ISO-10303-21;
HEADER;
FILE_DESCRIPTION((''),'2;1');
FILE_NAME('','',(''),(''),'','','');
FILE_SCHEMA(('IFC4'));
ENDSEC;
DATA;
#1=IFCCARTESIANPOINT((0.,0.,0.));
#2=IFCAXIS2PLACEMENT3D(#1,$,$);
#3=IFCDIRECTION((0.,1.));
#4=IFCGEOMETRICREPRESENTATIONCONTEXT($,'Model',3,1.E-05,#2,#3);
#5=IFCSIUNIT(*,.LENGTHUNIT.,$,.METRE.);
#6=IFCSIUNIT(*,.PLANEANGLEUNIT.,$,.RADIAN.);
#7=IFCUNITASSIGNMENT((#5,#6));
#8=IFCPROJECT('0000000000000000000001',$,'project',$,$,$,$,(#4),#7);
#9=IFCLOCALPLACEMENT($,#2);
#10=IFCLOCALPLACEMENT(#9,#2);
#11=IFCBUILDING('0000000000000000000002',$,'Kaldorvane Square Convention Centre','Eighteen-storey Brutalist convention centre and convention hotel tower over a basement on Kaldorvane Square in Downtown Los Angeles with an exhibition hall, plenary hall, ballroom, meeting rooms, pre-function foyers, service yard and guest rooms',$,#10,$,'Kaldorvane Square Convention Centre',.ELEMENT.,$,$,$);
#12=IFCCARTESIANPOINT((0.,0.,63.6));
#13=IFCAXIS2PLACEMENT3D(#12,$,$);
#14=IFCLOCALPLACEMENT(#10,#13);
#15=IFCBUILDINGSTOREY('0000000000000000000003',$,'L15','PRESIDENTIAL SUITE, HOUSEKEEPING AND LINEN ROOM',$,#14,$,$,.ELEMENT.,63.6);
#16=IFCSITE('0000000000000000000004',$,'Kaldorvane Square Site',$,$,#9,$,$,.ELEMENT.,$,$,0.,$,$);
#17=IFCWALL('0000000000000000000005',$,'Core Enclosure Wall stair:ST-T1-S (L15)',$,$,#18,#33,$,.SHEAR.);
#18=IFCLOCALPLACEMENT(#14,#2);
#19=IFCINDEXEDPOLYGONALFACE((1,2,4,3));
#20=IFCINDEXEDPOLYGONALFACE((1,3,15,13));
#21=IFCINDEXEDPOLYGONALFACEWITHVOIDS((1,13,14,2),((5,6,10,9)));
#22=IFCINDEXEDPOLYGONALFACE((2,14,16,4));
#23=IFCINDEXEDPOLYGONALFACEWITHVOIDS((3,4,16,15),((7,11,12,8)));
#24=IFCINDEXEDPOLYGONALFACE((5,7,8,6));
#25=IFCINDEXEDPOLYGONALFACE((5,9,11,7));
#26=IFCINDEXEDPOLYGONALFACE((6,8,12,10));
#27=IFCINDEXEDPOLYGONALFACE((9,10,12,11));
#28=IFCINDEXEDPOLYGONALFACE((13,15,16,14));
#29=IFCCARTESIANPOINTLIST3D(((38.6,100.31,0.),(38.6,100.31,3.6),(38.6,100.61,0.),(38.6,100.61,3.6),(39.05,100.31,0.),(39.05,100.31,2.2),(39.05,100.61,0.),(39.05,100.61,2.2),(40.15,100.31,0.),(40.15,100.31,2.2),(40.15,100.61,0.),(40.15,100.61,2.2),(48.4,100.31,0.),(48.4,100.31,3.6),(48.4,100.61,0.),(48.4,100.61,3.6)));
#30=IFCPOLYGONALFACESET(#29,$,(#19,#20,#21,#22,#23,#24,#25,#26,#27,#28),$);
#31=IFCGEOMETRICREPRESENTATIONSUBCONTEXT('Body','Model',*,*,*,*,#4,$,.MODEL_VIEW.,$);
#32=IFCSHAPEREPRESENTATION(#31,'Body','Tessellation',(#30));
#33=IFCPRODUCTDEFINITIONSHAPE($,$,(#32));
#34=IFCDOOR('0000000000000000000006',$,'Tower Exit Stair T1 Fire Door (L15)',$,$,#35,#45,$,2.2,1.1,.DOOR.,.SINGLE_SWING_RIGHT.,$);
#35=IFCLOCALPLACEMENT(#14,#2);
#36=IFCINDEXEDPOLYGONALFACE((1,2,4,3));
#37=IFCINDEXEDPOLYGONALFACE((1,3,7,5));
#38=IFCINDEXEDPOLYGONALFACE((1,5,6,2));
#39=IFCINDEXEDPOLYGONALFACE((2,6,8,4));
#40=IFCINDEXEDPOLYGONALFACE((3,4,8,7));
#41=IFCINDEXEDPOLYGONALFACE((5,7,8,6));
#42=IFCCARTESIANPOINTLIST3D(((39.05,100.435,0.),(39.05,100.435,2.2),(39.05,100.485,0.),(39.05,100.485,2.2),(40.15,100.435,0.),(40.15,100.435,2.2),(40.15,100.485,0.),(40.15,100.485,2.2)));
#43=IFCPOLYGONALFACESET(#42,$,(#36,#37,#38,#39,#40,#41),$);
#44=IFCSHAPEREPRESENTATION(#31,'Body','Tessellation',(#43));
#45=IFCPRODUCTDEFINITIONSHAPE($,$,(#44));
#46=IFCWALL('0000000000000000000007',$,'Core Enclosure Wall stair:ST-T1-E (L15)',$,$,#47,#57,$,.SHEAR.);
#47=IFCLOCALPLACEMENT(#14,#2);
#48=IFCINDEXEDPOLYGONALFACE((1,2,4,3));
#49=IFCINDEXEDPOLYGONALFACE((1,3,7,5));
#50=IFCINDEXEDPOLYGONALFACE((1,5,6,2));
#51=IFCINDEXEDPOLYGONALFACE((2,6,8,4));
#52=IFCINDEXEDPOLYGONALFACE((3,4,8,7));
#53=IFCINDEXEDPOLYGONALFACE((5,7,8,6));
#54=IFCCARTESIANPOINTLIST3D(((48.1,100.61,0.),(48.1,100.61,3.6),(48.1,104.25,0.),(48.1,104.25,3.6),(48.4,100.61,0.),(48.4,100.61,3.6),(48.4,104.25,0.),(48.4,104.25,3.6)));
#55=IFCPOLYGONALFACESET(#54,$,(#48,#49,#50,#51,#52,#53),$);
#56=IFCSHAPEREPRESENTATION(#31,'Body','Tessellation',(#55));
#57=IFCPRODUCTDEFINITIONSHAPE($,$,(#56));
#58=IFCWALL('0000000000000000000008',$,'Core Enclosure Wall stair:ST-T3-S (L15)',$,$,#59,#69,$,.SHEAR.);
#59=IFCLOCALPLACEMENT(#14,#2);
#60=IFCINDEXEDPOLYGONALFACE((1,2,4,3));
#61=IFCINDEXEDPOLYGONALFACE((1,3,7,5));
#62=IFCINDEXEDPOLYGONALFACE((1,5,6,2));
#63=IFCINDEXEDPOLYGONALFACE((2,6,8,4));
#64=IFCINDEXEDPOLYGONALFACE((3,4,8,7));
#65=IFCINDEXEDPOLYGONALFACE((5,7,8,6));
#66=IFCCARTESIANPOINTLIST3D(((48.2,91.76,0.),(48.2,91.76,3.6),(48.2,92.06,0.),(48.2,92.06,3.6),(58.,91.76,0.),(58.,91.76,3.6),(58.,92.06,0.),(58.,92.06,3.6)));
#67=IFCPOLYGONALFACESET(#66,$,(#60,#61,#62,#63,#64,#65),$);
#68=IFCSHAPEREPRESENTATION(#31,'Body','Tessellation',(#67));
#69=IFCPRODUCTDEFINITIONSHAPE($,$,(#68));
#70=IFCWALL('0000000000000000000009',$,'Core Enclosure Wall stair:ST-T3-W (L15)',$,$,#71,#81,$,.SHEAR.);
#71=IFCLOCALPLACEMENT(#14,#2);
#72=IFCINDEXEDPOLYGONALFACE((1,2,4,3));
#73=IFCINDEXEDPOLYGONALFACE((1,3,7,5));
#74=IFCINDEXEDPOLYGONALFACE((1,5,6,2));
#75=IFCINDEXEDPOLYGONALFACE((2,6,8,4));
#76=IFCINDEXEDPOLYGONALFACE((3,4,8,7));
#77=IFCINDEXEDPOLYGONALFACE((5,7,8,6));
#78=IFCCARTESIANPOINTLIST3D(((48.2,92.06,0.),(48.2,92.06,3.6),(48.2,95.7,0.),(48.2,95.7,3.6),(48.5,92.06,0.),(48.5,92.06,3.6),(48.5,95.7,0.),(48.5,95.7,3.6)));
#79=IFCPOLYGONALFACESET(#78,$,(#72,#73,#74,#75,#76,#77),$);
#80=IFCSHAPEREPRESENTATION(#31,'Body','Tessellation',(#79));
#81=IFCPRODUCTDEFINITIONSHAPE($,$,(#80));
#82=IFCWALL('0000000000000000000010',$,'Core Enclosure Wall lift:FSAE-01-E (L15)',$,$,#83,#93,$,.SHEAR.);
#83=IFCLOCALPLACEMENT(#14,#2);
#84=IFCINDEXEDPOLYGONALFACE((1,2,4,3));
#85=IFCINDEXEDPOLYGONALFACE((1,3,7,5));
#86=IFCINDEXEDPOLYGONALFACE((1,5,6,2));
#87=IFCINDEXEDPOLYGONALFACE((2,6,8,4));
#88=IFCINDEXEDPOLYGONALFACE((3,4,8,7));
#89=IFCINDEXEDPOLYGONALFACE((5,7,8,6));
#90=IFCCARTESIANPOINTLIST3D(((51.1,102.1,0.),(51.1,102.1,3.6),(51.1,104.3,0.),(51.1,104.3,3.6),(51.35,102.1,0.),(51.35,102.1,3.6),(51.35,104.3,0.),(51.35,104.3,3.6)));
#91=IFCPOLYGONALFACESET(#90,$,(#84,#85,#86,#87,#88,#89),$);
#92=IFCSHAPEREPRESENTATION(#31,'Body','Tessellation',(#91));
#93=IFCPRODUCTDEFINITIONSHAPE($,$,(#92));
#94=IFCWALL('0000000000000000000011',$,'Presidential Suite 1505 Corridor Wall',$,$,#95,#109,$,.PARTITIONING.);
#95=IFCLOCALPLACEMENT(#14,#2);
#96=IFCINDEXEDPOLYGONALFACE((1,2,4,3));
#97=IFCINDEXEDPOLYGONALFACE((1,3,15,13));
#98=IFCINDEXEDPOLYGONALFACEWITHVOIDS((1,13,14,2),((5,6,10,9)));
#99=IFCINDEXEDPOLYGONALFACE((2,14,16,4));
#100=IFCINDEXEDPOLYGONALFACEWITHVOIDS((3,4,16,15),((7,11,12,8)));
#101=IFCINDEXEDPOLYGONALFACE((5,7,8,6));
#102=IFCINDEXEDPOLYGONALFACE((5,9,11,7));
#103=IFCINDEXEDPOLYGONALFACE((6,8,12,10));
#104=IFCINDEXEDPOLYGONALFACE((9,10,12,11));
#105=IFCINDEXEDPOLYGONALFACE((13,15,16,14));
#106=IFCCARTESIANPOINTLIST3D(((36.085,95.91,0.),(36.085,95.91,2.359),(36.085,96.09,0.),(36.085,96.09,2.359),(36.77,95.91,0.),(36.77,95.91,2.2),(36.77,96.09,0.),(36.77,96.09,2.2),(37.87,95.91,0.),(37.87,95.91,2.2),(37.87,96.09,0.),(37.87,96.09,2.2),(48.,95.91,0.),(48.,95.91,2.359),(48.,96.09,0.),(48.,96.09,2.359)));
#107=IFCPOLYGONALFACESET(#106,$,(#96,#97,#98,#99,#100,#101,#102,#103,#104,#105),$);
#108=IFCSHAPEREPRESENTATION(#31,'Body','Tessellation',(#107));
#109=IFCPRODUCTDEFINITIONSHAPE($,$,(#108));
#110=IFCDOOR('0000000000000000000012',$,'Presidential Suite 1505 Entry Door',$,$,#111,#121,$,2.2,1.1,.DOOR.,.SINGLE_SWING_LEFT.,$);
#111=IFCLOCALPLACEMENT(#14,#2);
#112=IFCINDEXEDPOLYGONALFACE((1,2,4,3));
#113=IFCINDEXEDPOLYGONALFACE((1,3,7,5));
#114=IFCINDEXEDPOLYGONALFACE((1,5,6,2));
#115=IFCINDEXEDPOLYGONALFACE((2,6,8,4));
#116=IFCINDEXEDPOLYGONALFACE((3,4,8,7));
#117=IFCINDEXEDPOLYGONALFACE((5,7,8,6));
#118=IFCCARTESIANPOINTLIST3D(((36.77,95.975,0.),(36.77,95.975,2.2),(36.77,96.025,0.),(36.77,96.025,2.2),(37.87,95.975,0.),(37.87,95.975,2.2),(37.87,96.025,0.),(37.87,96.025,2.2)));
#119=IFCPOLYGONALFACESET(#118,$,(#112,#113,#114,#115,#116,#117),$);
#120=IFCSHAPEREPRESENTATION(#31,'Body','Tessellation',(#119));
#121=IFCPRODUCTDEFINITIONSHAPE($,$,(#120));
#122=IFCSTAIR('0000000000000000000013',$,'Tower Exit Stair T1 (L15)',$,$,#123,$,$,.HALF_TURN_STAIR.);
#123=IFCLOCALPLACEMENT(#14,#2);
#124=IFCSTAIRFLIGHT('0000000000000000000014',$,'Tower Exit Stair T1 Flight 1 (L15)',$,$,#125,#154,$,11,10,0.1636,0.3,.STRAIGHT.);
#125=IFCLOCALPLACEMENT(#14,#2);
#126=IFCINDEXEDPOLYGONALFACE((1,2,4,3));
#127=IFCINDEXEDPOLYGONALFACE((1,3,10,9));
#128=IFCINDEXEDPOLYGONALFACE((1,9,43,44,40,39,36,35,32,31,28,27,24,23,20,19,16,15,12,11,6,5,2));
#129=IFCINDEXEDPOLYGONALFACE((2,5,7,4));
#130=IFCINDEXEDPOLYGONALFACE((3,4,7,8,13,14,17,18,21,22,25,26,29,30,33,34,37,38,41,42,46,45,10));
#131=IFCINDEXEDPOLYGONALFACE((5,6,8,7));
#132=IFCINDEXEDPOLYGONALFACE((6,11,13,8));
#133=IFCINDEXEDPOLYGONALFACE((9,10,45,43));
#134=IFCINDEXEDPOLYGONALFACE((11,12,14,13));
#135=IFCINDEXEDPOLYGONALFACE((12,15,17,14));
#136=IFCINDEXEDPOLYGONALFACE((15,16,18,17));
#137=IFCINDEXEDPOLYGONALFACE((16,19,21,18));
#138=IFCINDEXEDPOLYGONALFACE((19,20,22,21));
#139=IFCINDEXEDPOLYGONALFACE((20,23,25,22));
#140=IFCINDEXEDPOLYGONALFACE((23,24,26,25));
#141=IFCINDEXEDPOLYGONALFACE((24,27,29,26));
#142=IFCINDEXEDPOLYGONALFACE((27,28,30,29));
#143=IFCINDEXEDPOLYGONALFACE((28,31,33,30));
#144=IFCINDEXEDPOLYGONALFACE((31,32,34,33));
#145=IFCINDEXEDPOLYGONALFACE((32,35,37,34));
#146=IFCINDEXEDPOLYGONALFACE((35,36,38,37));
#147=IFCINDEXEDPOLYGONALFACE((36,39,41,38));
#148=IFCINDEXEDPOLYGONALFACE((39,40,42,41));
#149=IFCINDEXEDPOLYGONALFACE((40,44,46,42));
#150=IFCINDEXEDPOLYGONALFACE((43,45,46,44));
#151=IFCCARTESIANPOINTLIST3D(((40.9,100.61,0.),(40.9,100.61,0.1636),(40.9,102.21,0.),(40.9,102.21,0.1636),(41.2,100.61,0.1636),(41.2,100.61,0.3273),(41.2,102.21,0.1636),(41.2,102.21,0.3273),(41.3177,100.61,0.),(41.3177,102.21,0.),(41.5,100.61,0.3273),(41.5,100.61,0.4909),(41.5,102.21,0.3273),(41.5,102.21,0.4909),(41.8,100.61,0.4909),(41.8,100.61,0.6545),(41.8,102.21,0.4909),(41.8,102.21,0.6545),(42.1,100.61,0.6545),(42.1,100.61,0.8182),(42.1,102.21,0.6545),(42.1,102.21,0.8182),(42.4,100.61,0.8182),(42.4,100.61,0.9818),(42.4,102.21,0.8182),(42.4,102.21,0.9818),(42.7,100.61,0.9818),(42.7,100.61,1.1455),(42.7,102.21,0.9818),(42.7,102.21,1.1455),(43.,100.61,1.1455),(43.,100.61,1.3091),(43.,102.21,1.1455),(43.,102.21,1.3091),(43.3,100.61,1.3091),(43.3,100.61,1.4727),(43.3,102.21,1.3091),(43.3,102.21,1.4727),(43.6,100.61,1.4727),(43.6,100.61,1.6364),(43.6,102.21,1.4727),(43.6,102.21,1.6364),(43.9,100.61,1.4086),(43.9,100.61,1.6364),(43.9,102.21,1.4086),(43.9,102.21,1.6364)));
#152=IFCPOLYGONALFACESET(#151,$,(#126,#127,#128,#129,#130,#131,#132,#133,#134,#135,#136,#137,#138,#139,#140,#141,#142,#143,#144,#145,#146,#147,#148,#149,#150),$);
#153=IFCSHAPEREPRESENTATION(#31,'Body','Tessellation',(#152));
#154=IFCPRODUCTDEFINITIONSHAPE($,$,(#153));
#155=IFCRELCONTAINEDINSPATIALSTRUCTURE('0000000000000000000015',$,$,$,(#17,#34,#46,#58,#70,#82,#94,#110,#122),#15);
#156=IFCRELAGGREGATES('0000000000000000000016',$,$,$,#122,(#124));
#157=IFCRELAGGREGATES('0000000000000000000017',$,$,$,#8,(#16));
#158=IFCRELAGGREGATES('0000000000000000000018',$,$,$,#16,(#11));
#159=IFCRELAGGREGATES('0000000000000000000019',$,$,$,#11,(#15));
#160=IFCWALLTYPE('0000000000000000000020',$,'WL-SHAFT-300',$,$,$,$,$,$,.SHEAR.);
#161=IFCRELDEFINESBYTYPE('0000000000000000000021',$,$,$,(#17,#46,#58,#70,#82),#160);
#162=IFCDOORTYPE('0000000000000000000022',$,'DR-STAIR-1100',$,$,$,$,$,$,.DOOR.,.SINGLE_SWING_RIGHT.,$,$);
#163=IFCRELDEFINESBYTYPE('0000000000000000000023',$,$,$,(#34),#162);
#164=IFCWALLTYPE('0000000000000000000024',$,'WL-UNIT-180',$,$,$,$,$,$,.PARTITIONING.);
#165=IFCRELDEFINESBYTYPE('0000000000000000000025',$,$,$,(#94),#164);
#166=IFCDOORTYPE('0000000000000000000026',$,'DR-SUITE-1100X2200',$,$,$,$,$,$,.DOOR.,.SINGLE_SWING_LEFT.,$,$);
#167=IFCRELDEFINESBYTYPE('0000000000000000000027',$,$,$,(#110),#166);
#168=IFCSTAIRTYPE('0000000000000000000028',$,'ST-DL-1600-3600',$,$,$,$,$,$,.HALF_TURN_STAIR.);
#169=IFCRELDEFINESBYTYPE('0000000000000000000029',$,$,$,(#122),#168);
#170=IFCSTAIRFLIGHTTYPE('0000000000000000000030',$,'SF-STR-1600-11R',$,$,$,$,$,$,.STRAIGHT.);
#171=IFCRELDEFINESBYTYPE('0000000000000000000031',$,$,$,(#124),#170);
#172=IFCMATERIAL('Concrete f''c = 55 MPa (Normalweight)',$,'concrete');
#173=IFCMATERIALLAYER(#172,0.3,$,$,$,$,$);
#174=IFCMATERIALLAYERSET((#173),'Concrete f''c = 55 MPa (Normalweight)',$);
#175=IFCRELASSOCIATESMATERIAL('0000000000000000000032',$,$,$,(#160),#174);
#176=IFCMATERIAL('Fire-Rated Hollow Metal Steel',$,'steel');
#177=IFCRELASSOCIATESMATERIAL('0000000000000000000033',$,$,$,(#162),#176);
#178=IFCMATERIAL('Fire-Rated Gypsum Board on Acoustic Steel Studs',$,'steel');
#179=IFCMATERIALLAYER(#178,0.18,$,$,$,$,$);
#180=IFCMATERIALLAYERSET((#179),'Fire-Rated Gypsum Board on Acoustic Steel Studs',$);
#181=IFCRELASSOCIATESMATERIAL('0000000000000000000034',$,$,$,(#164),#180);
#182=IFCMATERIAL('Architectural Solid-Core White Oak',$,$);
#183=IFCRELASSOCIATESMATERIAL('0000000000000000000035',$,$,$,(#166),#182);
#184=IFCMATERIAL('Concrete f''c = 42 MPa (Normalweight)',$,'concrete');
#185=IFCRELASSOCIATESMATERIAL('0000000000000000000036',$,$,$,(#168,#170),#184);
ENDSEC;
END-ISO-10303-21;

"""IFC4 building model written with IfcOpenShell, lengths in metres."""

from ifc_helpers import new_model, si_unit, direction, frame, frame_2d, origin, place, context, subcontext, project, spatial, polyline, rectangle, outline, extrude, material, layer, layer_set, type_object, element, fill, aggregate, save


model = new_model("IFC4")

# Units and contexts
model_context = context("Model", 3, precision=1e-05, world=origin(), true_north=direction((0.0, 1.0)))
body_context = subcontext(model_context, "Body", "Model", "MODEL_VIEW")
ifc_project = project(units=[si_unit("LENGTHUNIT", "METRE"), si_unit("PLANEANGLEUNIT", "RADIAN")], contexts=[model_context])

# Site, building, storey
site_placement = place(None, origin())
site = spatial("IfcSite", under=ifc_project, at=site_placement, Name="Kaldorvane Square Site", CompositionType="ELEMENT", RefElevation=0.0)
building_placement = place(site_placement, origin())
building = spatial("IfcBuilding", under=site, at=building_placement, Name="Kaldorvane Square Convention Centre", Description="Eighteen-storey Brutalist convention centre and convention hotel tower over a basement on Kaldorvane Square in Downtown Los Angeles with an exhibition hall, plenary hall, ballroom, meeting rooms, pre-function foyers, service yard and guest rooms", LongName="Kaldorvane Square Convention Centre", CompositionType="ELEMENT")
storey_placement = place(building_placement, frame((0.0, 0.0, 63.6)))
storey = spatial("IfcBuildingStorey", under=building, at=storey_placement, Name="L15", Description="PRESIDENTIAL SUITE, HOUSEKEEPING AND LINEN ROOM", CompositionType="ELEMENT", Elevation=63.6)

# Shared definitions
ifc_material_1 = material(Name="Fire-Rated Gypsum Board on Acoustic Steel Studs", Category="steel")
ifc_material_2 = material(Name="Architectural Solid-Core White Oak")

# Wall, opening, door
ifc_material_3 = material(Name="Concrete f'c = 55 MPa (Normalweight)", Category="concrete")
ifc_layer_1 = layer(ifc_material_3, 0.3)
ifc_layer_set_1 = layer_set([ifc_layer_1], Name="Concrete f'c = 55 MPa (Normalweight)")
wall_type_1 = type_object("IfcWallType", Name="WL-SHAFT-300", PredefinedType="SHEAR", material=ifc_layer_set_1)
wall_1_placement = place(storey_placement, frame((38.6, 100.46, 0.0), z_axis=(0.0, 0.0, 1.0), x_axis=(1.0, 0.0, 0.0)))
wall_1 = element("IfcWall", 1, at=wall_1_placement, inside=storey, type_object=wall_type_1, Name="Core Enclosure Wall stair:ST-T1-S (L15)", PredefinedType="SHEAR", context=body_context, shape_type="SweptSolid", body=[
    extrude(rectangle(XDim=9.8, YDim=0.3, at=frame_2d((4.9, 0.0))), origin(), (0.0, 0.0, 1.0), 3.6),
])
opening_1_placement = place(wall_1_placement, frame((0.45, 0.0, 0.0)))
opening_1 = element("IfcOpeningElement", 2, at=opening_1_placement, cuts=wall_1, PredefinedType="OPENING", context=body_context, shape_type="SweptSolid", body=[
    extrude(rectangle(XDim=1.1, YDim=2.2, at=frame_2d((0.55, 1.1))), frame((0.0, 0.165, 0.0), z_axis=(0.0, -1.0, 0.0), x_axis=(1.0, 0.0, 0.0)), (0.0, 0.0, 1.0), 0.33),
])
ifc_material_4 = material(Name="Fire-Rated Hollow Metal Steel", Category="steel")
door_type_1 = type_object("IfcDoorType", Name="DR-STAIR-1100", OperationType="SINGLE_SWING_RIGHT", PredefinedType="DOOR", material=ifc_material_4)
door_1_placement = place(opening_1_placement, origin())
door_1 = element("IfcDoor", 3, at=door_1_placement, inside=storey, type_object=door_type_1, Name="Tower Exit Stair T1 Fire Door (L15)", OperationType="SINGLE_SWING_RIGHT", OverallHeight=2.2, OverallWidth=1.1, PredefinedType="DOOR", context=body_context, shape_type="SweptSolid", body=[
    extrude(rectangle(XDim=1.1, YDim=2.2, at=frame_2d((0.55, 1.1))), frame((0.0, 0.025, 0.0), z_axis=(0.0, -1.0, 0.0), x_axis=(1.0, 0.0, 0.0)), (0.0, 0.0, 1.0), 0.05),
])
fill(opening_1, door_1)

# Walls
wall_2_placement = place(storey_placement, frame((48.25, 100.61, 0.0), z_axis=(0.0, 0.0, 1.0), x_axis=(0.0, 1.0, 0.0)))
element("IfcWall", 4, at=wall_2_placement, inside=storey, type_object=wall_type_1, Name="Core Enclosure Wall stair:ST-T1-E (L15)", PredefinedType="SHEAR", context=body_context, shape_type="SweptSolid", body=[
    extrude(rectangle(XDim=3.64, YDim=0.3, at=frame_2d((1.82, 0.0))), origin(), (0.0, 0.0, 1.0), 3.6),
])
wall_3_placement = place(storey_placement, frame((48.2, 91.91, 0.0), z_axis=(0.0, 0.0, 1.0), x_axis=(1.0, 0.0, 0.0)))
element("IfcWall", 5, at=wall_3_placement, inside=storey, type_object=wall_type_1, Name="Core Enclosure Wall stair:ST-T3-S (L15)", PredefinedType="SHEAR", context=body_context, shape_type="SweptSolid", body=[
    extrude(rectangle(XDim=9.8, YDim=0.3, at=frame_2d((4.9, 0.0))), origin(), (0.0, 0.0, 1.0), 3.6),
])
wall_4_placement = place(storey_placement, frame((48.35, 95.7, 0.0), z_axis=(0.0, 0.0, 1.0), x_axis=(0.0, -1.0, 0.0)))
element("IfcWall", 6, at=wall_4_placement, inside=storey, type_object=wall_type_1, Name="Core Enclosure Wall stair:ST-T3-W (L15)", PredefinedType="SHEAR", context=body_context, shape_type="SweptSolid", body=[
    extrude(rectangle(XDim=3.64, YDim=0.3, at=frame_2d((1.82, 0.0))), origin(), (0.0, 0.0, 1.0), 3.6),
])

# Wall
wall_5_placement = place(storey_placement, frame((51.225, 102.1, 0.0), z_axis=(0.0, 0.0, 1.0), x_axis=(0.0, 1.0, 0.0)))
element("IfcWall", 7, at=wall_5_placement, inside=storey, type_object=wall_type_1, Name="Core Enclosure Wall lift:FSAE-01-E (L15)", PredefinedType="SHEAR", context=body_context, shape_type="SweptSolid", body=[
    extrude(rectangle(XDim=2.2, YDim=0.25, at=frame_2d((1.1, 0.0))), origin(), (0.0, 0.0, 1.0), 3.6),
])

# Wall, opening, door
ifc_layer_2 = layer(ifc_material_1, 0.18)
ifc_layer_set_2 = layer_set([ifc_layer_2], Name="Fire-Rated Gypsum Board on Acoustic Steel Studs")
wall_type_2 = type_object("IfcWallType", Name="WL-UNIT-180", PredefinedType="PARTITIONING", material=ifc_layer_set_2)
wall_6_placement = place(storey_placement, frame((36.085, 96.0, 0.0), z_axis=(0.0, 0.0, 1.0), x_axis=(1.0, 0.0, 0.0)))
wall_6 = element("IfcWall", 8, at=wall_6_placement, inside=storey, type_object=wall_type_2, Name="Presidential Suite 1505 Corridor Wall", PredefinedType="PARTITIONING", context=body_context, shape_type="SweptSolid", body=[
    extrude(rectangle(XDim=11.915, YDim=0.18, at=frame_2d((5.9575, 0.0))), origin(), (0.0, 0.0, 1.0), 2.359),
])
opening_2_placement = place(wall_6_placement, frame((0.685, 0.0, 0.0)))
opening_2 = element("IfcOpeningElement", 9, at=opening_2_placement, cuts=wall_6, PredefinedType="OPENING", context=body_context, shape_type="SweptSolid", body=[
    extrude(rectangle(XDim=1.1, YDim=2.2, at=frame_2d((0.55, 1.1))), frame((0.0, 0.105, 0.0), z_axis=(0.0, -1.0, 0.0), x_axis=(1.0, 0.0, 0.0)), (0.0, 0.0, 1.0), 0.21),
])
door_type_2 = type_object("IfcDoorType", Name="DR-SUITE-1100X2200", OperationType="SINGLE_SWING_LEFT", PredefinedType="DOOR", material=ifc_material_2)
door_2_placement = place(opening_2_placement, origin())
door_2 = element("IfcDoor", 10, at=door_2_placement, inside=storey, type_object=door_type_2, Name="Presidential Suite 1505 Entry Door", OperationType="SINGLE_SWING_LEFT", OverallHeight=2.2, OverallWidth=1.1, PredefinedType="DOOR", context=body_context, shape_type="SweptSolid", body=[
    extrude(rectangle(XDim=1.1, YDim=2.2, at=frame_2d((0.55, 1.1))), frame((0.0, 0.025, 0.0), z_axis=(0.0, -1.0, 0.0), x_axis=(1.0, 0.0, 0.0)), (0.0, 0.0, 1.0), 0.05),
])
fill(opening_2, door_2)

# Stair, stair flight
ifc_material_5 = material(Name="Concrete f'c = 42 MPa (Normalweight)", Category="concrete")
stair_type = type_object("IfcStairType", Name="ST-DL-1600-3600", PredefinedType="HALF_TURN_STAIR", material=ifc_material_5)
stair_1_placement = place(storey_placement, origin())
stair_1 = element("IfcStair", 11, at=stair_1_placement, inside=storey, type_object=stair_type, Name="Tower Exit Stair T1 (L15)", PredefinedType="HALF_TURN_STAIR")
stair_flight_type = type_object("IfcStairFlightType", Name="SF-STR-1600-11R", PredefinedType="STRAIGHT", material=ifc_material_5)
stair_flight_1_placement = place(storey_placement, frame((40.9, 101.41, 0.0), z_axis=(0.0, 0.0, 1.0), x_axis=(1.0, 0.0, 0.0)))
stair_flight_1 = element("IfcStairFlight", 12, at=stair_flight_1_placement, type_object=stair_flight_type, Name="Tower Exit Stair T1 Flight 1 (L15)", NumberOfRisers=11, NumberOfTreads=10, PredefinedType="STRAIGHT", RiserHeight=0.1636, TreadLength=0.3, context=body_context, shape_type="SweptSolid", body=[
    extrude(outline(polyline([(0.0, 0.0), (0.0, 0.1636), (0.3, 0.1636), (0.3, 0.3273), (0.6, 0.3273), (0.6, 0.4909), (0.9, 0.4909), (0.9, 0.6545), (1.2, 0.6545), (1.2, 0.8182), (1.5, 0.8182), (1.5, 0.9818), (1.8, 0.9818), (1.8, 1.1455), (2.1, 1.1455), (2.1, 1.3091), (2.4, 1.3091), (2.4, 1.4727), (2.7, 1.4727), (2.7, 1.6364), (3.0, 1.6364), (3.0, 1.8), (3.0, 1.4086), (0.4177, 0.0), (0.0, 0.0)])), frame((0.0, 0.8, 0.0), z_axis=(0.0, -1.0, 0.0), x_axis=(1.0, 0.0, 0.0)), (0.0, 0.0, 1.0), 1.6),
])
aggregate(stair_1, [stair_flight_1])

save(model, "model.ifc")
